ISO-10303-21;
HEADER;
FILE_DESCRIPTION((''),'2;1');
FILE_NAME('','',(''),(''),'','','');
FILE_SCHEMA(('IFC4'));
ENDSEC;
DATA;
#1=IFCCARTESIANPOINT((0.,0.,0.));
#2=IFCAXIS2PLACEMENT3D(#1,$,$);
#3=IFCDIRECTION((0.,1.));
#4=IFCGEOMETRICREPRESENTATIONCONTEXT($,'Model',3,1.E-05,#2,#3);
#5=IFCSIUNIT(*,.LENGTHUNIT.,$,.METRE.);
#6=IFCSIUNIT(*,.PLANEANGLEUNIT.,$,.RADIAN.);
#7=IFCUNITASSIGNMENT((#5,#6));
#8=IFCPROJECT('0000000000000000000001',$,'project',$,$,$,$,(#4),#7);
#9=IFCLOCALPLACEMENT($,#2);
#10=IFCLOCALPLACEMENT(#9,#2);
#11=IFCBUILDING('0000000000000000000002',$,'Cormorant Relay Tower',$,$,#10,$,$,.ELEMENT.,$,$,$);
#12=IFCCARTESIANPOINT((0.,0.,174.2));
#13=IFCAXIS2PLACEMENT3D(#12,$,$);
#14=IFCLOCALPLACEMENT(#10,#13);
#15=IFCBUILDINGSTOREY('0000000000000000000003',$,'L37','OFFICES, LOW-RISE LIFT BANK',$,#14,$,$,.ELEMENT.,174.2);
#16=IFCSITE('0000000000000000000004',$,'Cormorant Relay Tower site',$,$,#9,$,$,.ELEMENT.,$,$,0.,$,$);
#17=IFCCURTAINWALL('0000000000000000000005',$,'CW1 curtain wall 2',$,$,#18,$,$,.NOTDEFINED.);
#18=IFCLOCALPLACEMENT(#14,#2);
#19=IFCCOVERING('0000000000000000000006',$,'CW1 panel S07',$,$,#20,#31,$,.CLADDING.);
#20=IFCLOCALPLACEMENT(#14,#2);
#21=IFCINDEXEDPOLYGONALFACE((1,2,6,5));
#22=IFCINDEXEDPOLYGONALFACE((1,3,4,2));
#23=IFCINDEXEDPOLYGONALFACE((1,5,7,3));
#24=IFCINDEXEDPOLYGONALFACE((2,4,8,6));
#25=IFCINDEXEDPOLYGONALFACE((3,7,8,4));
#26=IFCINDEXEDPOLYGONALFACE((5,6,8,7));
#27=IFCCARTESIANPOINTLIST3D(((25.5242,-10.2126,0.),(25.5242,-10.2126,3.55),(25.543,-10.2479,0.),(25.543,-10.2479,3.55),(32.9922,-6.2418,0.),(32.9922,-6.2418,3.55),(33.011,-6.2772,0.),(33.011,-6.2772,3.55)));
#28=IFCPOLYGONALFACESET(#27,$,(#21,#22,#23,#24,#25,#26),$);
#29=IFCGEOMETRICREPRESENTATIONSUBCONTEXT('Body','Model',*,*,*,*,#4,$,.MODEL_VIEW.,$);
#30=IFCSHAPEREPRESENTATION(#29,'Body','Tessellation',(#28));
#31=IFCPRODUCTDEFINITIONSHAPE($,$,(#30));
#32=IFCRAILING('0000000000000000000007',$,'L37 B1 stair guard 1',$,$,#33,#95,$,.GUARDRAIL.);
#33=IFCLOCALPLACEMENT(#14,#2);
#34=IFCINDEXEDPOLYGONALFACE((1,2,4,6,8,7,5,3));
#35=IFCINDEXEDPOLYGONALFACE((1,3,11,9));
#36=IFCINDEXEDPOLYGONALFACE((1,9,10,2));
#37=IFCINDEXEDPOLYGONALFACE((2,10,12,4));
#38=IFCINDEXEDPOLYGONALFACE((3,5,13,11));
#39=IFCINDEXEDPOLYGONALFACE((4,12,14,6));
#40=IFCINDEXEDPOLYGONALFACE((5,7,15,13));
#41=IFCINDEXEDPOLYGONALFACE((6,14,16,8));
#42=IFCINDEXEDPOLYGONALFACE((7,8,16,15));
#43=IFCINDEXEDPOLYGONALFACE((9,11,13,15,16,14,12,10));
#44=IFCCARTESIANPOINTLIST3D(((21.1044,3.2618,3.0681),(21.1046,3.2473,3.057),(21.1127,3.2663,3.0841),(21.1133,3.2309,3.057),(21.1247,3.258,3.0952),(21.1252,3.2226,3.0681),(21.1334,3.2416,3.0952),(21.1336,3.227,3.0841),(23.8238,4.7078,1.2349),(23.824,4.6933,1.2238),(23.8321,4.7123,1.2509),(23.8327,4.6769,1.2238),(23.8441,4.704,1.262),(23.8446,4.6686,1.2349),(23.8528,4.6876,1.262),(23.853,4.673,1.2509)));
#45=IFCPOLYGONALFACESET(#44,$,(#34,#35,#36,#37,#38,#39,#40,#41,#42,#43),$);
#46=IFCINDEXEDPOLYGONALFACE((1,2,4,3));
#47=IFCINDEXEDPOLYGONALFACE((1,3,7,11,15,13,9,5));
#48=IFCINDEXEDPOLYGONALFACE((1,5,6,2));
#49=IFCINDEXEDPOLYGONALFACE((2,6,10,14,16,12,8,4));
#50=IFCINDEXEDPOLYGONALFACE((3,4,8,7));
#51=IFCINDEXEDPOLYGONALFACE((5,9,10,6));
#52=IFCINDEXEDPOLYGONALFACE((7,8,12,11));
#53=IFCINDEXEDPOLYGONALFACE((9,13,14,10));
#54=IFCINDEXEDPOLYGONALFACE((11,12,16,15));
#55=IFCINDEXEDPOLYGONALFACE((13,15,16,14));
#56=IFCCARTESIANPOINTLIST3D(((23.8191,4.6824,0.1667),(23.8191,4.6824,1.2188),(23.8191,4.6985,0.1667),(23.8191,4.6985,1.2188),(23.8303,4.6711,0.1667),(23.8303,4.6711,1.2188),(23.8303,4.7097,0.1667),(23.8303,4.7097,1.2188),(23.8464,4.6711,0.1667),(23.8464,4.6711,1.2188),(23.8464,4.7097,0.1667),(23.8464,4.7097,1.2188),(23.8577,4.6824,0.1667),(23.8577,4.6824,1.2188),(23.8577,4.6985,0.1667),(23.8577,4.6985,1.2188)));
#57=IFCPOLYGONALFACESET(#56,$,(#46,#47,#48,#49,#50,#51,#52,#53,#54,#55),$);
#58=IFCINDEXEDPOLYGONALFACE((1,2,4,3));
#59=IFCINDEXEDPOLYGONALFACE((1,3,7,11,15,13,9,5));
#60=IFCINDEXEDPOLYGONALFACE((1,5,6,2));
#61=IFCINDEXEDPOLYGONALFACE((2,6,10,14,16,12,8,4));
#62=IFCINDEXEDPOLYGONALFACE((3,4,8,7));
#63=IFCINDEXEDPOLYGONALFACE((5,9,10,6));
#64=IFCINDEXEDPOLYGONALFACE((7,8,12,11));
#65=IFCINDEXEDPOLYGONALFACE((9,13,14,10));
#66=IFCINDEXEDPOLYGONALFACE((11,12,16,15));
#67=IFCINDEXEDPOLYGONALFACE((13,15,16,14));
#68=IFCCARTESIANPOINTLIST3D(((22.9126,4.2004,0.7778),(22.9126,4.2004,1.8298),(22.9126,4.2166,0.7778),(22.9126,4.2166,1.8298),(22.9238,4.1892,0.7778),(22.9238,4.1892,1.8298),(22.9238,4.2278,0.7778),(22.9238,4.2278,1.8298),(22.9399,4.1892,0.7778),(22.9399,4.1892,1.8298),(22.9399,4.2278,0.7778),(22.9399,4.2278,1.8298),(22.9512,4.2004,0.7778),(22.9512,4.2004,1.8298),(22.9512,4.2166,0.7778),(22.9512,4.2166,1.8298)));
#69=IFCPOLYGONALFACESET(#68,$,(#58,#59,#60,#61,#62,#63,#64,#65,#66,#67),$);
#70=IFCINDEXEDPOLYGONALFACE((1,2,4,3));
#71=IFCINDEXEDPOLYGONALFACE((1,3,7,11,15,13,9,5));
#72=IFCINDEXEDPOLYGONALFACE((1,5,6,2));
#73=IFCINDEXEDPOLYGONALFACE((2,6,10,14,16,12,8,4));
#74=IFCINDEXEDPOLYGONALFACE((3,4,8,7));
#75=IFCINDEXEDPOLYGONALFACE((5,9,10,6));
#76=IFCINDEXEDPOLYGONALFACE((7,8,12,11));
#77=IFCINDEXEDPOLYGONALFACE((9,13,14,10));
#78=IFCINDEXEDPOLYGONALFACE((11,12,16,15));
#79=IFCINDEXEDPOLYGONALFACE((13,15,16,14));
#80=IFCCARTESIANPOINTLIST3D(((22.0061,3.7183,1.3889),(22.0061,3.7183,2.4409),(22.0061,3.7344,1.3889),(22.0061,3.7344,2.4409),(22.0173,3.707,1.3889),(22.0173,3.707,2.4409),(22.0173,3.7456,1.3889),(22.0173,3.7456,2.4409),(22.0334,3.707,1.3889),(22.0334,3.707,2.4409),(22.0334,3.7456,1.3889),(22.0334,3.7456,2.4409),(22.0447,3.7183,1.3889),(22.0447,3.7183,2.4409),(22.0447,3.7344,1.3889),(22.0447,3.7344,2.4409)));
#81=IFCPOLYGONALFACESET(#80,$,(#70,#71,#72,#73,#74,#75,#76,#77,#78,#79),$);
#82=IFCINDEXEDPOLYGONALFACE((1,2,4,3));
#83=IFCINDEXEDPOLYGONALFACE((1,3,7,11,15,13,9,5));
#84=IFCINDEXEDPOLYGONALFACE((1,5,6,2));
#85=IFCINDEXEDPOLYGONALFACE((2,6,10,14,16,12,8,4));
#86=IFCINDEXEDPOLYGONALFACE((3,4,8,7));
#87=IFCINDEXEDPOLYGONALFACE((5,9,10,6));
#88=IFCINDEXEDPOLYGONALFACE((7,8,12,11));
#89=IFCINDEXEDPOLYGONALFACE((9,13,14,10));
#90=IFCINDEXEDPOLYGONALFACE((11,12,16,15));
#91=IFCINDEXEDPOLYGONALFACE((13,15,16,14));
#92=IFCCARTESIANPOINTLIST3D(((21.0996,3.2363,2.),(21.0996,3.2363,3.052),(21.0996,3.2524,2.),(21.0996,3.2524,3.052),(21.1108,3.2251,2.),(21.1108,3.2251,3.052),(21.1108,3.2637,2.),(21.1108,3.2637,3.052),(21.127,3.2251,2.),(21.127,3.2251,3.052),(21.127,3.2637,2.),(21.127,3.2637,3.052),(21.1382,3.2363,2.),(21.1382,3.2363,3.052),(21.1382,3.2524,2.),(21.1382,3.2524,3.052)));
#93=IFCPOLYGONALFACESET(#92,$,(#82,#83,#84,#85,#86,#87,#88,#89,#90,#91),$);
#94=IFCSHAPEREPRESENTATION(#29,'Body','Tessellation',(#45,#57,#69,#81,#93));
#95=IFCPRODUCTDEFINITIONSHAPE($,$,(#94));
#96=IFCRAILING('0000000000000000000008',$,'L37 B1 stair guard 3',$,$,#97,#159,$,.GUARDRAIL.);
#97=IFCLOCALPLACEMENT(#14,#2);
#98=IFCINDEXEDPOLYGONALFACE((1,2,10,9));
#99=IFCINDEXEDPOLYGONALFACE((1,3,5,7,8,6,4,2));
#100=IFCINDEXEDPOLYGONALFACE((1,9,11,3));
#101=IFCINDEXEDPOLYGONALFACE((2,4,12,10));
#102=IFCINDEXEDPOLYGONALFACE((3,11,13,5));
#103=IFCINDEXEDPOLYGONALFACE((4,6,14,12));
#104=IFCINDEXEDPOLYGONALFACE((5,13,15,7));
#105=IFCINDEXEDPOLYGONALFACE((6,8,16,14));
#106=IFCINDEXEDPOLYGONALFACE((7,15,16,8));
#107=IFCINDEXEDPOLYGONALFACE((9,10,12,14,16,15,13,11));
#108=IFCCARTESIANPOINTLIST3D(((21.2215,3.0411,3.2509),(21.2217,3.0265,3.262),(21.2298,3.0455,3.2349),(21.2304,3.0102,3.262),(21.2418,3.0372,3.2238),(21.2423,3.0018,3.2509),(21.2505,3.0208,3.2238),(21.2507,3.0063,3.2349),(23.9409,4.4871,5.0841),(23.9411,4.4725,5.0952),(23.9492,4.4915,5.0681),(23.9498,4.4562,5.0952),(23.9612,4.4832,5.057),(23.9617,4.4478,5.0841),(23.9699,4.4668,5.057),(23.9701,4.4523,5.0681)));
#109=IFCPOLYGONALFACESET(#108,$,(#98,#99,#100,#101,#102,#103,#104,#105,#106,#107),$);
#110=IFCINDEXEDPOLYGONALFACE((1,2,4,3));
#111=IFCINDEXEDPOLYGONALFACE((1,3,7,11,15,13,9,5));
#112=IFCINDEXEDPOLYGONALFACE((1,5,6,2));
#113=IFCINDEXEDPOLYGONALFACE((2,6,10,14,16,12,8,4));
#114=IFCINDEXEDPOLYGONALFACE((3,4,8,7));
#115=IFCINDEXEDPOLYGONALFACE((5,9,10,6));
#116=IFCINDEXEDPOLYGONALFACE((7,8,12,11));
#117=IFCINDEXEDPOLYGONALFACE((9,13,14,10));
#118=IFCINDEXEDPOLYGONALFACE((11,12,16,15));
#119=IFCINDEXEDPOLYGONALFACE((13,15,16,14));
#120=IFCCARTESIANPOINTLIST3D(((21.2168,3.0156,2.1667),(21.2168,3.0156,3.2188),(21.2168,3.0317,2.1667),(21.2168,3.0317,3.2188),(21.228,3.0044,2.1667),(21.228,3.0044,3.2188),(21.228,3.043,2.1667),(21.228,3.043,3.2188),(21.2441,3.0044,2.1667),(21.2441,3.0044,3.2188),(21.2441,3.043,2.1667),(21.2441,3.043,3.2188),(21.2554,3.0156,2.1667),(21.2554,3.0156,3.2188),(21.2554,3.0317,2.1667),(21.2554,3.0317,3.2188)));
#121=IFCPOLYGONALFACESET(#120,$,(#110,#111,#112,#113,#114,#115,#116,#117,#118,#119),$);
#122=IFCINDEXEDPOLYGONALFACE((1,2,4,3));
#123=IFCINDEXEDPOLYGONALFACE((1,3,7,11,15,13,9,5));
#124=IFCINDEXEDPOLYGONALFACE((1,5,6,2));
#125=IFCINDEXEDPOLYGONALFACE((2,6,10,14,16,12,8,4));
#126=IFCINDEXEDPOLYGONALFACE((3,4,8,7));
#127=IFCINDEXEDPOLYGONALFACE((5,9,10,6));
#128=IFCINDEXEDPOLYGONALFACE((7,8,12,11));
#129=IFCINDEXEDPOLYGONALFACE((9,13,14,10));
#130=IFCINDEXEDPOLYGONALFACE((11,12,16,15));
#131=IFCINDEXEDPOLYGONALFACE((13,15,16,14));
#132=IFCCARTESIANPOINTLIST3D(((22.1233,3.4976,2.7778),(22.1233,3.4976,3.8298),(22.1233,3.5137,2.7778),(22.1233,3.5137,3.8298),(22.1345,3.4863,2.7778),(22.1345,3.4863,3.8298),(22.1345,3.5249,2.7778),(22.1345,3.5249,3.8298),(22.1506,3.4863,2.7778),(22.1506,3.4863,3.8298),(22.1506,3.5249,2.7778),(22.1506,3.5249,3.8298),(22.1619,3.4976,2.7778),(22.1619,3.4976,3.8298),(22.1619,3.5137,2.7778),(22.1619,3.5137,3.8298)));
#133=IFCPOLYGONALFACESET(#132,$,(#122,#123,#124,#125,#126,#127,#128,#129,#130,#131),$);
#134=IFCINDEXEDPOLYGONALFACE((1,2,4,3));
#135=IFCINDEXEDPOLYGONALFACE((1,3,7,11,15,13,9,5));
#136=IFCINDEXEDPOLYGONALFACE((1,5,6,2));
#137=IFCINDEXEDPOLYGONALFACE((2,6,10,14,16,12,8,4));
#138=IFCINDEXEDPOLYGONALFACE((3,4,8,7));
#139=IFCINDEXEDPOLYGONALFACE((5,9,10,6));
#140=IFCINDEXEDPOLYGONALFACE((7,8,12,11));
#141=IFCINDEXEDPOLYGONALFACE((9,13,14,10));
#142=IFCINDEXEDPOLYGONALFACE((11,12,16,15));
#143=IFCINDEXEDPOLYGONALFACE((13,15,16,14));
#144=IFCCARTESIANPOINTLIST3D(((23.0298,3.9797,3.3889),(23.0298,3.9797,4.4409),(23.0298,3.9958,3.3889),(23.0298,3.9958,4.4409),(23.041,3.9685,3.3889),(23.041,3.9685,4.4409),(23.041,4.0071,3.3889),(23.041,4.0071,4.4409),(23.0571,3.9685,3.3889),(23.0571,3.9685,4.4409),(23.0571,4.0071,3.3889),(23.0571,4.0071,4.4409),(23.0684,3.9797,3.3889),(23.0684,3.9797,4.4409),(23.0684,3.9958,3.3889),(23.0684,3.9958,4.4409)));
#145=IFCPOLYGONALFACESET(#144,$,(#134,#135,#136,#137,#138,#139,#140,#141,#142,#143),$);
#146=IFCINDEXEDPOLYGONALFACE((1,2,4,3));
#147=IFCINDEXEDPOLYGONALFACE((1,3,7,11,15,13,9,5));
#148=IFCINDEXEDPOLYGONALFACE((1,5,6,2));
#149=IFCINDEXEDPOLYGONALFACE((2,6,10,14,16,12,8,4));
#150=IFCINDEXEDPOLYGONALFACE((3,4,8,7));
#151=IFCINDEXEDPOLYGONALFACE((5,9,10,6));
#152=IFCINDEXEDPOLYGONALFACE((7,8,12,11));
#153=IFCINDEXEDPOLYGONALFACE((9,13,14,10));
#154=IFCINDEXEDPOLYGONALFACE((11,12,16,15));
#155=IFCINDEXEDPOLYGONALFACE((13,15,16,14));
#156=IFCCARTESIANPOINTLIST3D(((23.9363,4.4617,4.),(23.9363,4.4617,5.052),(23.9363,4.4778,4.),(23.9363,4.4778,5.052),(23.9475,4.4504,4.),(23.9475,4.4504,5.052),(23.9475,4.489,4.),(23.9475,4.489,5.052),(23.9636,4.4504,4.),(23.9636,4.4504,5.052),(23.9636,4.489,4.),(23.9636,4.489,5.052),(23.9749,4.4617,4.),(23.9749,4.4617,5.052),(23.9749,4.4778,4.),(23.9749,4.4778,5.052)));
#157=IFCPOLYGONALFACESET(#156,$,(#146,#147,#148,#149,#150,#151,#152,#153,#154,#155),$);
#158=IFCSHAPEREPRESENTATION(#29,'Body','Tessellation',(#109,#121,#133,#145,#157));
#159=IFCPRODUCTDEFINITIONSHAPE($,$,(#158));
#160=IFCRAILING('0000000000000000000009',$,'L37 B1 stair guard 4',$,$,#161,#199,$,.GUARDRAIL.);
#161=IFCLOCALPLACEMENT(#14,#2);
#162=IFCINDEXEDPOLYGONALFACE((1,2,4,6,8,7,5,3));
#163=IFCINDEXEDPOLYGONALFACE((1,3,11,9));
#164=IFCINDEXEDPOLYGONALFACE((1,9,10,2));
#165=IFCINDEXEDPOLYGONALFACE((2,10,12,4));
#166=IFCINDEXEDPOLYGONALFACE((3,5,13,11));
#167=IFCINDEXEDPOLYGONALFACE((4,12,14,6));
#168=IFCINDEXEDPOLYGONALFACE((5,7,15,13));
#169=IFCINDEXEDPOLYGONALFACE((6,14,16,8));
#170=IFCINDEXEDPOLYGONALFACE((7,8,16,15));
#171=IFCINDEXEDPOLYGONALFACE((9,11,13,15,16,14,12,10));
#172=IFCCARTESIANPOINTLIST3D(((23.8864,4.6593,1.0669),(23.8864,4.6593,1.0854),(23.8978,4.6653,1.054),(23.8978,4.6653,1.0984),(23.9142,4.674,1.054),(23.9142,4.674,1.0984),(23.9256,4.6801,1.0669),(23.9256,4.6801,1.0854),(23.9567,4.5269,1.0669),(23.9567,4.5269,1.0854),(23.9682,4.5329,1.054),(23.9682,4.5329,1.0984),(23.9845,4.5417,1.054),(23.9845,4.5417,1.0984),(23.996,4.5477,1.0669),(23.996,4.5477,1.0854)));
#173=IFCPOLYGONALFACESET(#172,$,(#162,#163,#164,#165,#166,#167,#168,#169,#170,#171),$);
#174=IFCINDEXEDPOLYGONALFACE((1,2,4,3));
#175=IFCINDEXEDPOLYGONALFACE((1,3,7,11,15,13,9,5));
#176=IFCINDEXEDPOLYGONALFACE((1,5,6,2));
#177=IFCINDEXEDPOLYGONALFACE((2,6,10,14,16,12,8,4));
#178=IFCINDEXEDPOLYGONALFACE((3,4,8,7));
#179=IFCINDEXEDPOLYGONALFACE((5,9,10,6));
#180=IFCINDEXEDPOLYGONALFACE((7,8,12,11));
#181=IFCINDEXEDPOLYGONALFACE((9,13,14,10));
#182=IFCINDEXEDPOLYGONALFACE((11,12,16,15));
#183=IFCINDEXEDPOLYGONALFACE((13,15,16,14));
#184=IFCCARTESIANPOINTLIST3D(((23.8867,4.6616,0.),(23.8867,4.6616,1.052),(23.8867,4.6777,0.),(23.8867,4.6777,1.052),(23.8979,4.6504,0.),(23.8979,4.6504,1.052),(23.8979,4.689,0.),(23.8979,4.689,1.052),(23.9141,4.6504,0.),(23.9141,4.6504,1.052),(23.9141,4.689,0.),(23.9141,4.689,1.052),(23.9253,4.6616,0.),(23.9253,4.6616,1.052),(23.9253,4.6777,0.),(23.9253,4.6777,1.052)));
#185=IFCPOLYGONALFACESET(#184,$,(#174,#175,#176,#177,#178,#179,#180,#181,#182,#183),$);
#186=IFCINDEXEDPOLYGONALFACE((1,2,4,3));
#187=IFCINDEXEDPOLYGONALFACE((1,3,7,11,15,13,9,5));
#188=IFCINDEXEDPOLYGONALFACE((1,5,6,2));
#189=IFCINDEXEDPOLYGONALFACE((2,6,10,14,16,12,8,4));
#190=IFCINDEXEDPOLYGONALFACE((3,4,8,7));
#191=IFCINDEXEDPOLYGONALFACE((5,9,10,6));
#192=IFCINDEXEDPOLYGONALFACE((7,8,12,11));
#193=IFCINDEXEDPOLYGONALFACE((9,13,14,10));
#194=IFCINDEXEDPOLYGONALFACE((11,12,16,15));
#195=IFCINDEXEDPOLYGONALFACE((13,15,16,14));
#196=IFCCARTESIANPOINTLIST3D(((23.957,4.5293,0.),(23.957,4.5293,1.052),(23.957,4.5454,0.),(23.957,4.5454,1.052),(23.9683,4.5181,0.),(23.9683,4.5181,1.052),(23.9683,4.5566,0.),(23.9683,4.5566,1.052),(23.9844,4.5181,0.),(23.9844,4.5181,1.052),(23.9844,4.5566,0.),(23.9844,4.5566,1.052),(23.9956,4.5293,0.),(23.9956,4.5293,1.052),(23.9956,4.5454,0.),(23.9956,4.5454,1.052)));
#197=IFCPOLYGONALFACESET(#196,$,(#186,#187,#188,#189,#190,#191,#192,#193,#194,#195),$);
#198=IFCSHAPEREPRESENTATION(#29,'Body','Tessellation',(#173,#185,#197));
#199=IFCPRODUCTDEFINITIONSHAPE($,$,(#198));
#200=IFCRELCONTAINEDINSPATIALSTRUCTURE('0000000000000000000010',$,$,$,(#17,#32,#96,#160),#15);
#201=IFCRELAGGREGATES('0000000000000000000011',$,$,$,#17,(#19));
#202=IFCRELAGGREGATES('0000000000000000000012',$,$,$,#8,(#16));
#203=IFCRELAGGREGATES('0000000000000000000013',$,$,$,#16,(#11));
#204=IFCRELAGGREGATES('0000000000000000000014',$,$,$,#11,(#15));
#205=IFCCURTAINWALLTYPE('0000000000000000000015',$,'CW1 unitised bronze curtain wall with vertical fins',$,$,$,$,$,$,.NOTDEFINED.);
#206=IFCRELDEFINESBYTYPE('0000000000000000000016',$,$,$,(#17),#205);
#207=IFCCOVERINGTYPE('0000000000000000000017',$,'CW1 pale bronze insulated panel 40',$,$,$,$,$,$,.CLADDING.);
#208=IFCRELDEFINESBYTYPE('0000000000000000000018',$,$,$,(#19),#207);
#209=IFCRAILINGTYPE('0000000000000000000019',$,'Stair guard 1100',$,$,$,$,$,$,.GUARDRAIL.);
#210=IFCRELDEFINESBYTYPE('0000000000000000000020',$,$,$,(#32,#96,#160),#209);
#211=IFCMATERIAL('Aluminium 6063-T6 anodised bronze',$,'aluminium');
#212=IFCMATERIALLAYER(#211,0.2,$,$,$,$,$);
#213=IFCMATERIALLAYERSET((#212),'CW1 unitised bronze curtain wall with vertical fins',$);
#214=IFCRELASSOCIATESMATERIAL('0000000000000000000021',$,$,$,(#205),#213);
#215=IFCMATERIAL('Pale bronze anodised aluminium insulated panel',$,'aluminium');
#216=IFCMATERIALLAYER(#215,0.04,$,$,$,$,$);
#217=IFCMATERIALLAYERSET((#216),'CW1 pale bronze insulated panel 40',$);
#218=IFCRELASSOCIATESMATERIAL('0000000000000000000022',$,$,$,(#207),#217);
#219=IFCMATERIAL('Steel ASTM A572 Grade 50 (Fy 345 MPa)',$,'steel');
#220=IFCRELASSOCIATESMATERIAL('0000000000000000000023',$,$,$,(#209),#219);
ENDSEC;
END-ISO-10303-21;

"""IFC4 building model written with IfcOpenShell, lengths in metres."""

from ifc_helpers import new_model, si_unit, direction, frame, origin, origin_2d, place, context, subcontext, project, spatial, polyline, rectangle, outline, extrude, material, layer, layer_set, type_object, element, aggregate, save


model = new_model("IFC4")

# Units and contexts
model_context = context("Model", 3, precision=1e-05, world=origin(), true_north=direction((0.0, 1.0)))
body_context = subcontext(model_context, "Body", "Model", "MODEL_VIEW")
ifc_project = project(units=[si_unit("LENGTHUNIT", "METRE"), si_unit("PLANEANGLEUNIT", "RADIAN")], contexts=[model_context])

# Site, building, storey
site_placement = place(None, origin())
site = spatial("IfcSite", under=ifc_project, at=site_placement, Name="Cormorant Relay Tower site", CompositionType="ELEMENT", RefElevation=0.0)
building_placement = place(site_placement, origin())
building = spatial("IfcBuilding", under=site, at=building_placement, Name="Cormorant Relay Tower", CompositionType="ELEMENT")
storey_placement = place(building_placement, frame((0.0, 0.0, 174.2)))
storey = spatial("IfcBuildingStorey", under=building, at=storey_placement, Name="L37", Description="OFFICES, LOW-RISE LIFT BANK", CompositionType="ELEMENT", Elevation=174.2)

# Curtain wall
ifc_material_1 = material(Name="Aluminium 6063-T6 anodised bronze", Category="aluminium")
ifc_layer_1 = layer(ifc_material_1, 0.2)
ifc_layer_set_1 = layer_set([ifc_layer_1], Name="CW1 unitised bronze curtain wall with vertical fins")
curtain_wall_type = type_object("IfcCurtainWallType", Name="CW1 unitised bronze curtain wall with vertical fins", PredefinedType="NOTDEFINED", material=ifc_layer_set_1)
curtain_wall_placement = place(storey_placement, origin())
curtain_wall = element("IfcCurtainWall", 1, at=curtain_wall_placement, inside=storey, type_object=curtain_wall_type, Name="CW1 curtain wall 2", PredefinedType="NOTDEFINED")

# Covering
ifc_material_2 = material(Name="Pale bronze anodised aluminium insulated panel", Category="aluminium")
ifc_layer_2 = layer(ifc_material_2, 0.04)
ifc_layer_set_2 = layer_set([ifc_layer_2], Name="CW1 pale bronze insulated panel 40")
covering_type = type_object("IfcCoveringType", Name="CW1 pale bronze insulated panel 40", PredefinedType="CLADDING", material=ifc_layer_set_2)
covering_placement = place(storey_placement, frame((29.2676, -8.2449, 0.0), z_axis=(0.0, 0.0, 1.0), x_axis=(0.882948, 0.469472, 0.0)))
covering = element("IfcCovering", 2, at=covering_placement, type_object=covering_type, Name="CW1 panel S07", PredefinedType="CLADDING", context=body_context, shape_type="SweptSolid", body=[
    extrude(rectangle(XDim=8.458, YDim=0.04, at=origin_2d()), origin(), (0.0, 0.0, 1.0), 3.55),
])
aggregate(curtain_wall, [covering])

# Railings
ifc_material_3 = material(Name="Steel ASTM A572 Grade 50 (Fy 345 MPa)", Category="steel")
railing_type_1 = type_object("IfcRailingType", Name="Stair guard 1100", PredefinedType="GUARDRAIL", material=ifc_material_3)
railing_1_placement = place(storey_placement, frame((23.8384, 4.6904, 0.1667)))
element("IfcRailing", 3, at=railing_1_placement, inside=storey, type_object=railing_type_1, Name="L37 B1 stair guard 1", PredefinedType="GUARDRAIL", context=body_context, shape_type="SweptSolid", body=[
    extrude(outline(polyline([(0.0222, 0.0093), (0.0093, 0.0222), (-0.0093, 0.0222), (-0.0222, 0.0093), (-0.0222, -0.0093), (-0.0093, -0.0222), (0.0093, -0.0222), (0.0222, -0.0093), (0.0222, 0.0093)])), frame((0.0, 0.0, 1.0762), z_axis=(-0.758714, -0.403435, 0.511463), x_axis=(0.469489, -0.882938, 0.0)), (0.0, 0.0, 1.0), 3.5842),
    extrude(outline(polyline([(0.0193, 0.0081), (0.0081, 0.0193), (-0.0081, 0.0193), (-0.0193, 0.0081), (-0.0193, -0.0081), (-0.0081, -0.0193), (0.0081, -0.0193), (0.0193, -0.0081), (0.0193, 0.0081)])), origin(), (0.0, 0.0, 1.0), 1.052),
    extrude(outline(polyline([(0.0193, 0.0081), (0.0081, 0.0193), (-0.0081, 0.0193), (-0.0193, 0.0081), (-0.0193, -0.0081), (-0.0081, -0.0193), (0.0081, -0.0193), (0.0193, -0.0081), (0.0193, 0.0081)])), frame((-0.9065, -0.4819, 0.6111)), (0.0, 0.0, 1.0), 1.052),
    extrude(outline(polyline([(0.0193, 0.0081), (0.0081, 0.0193), (-0.0081, 0.0193), (-0.0193, 0.0081), (-0.0193, -0.0081), (-0.0081, -0.0193), (0.0081, -0.0193), (0.0193, -0.0081), (0.0193, 0.0081)])), frame((-1.813, -0.9641, 1.2222)), (0.0, 0.0, 1.0), 1.052),
    extrude(outline(polyline([(0.0193, 0.0081), (0.0081, 0.0193), (-0.0081, 0.0193), (-0.0193, 0.0081), (-0.0193, -0.0081), (-0.0081, -0.0193), (0.0081, -0.0193), (0.0193, -0.0081), (0.0193, 0.0081)])), frame((-2.7195, -1.446, 1.8333)), (0.0, 0.0, 1.0), 1.052),
])
railing_2_placement = place(storey_placement, frame((21.2361, 3.0237, 2.1667)))
element("IfcRailing", 4, at=railing_2_placement, inside=storey, type_object=railing_type_1, Name="L37 B1 stair guard 3", PredefinedType="GUARDRAIL", context=body_context, shape_type="SweptSolid", body=[
    extrude(outline(polyline([(0.0222, 0.0093), (0.0093, 0.0222), (-0.0093, 0.0222), (-0.0222, 0.0093), (-0.0222, -0.0093), (-0.0093, -0.0222), (0.0093, -0.0222), (0.0222, -0.0093), (0.0222, 0.0093)])), frame((0.0, 0.0, 1.0762), z_axis=(0.758714, 0.403435, 0.511463), x_axis=(-0.469489, 0.882938, 0.0)), (0.0, 0.0, 1.0), 3.5842),
    extrude(outline(polyline([(0.0193, 0.0081), (0.0081, 0.0193), (-0.0081, 0.0193), (-0.0193, 0.0081), (-0.0193, -0.0081), (-0.0081, -0.0193), (0.0081, -0.0193), (0.0193, -0.0081), (0.0193, 0.0081)])), origin(), (0.0, 0.0, 1.0), 1.052),
    extrude(outline(polyline([(0.0193, 0.0081), (0.0081, 0.0193), (-0.0081, 0.0193), (-0.0193, 0.0081), (-0.0193, -0.0081), (-0.0081, -0.0193), (0.0081, -0.0193), (0.0193, -0.0081), (0.0193, 0.0081)])), frame((0.9065, 0.4819, 0.6111)), (0.0, 0.0, 1.0), 1.052),
    extrude(outline(polyline([(0.0193, 0.0081), (0.0081, 0.0193), (-0.0081, 0.0193), (-0.0193, 0.0081), (-0.0193, -0.0081), (-0.0081, -0.0193), (0.0081, -0.0193), (0.0193, -0.0081), (0.0193, 0.0081)])), frame((1.813, 0.9641, 1.2222)), (0.0, 0.0, 1.0), 1.052),
    extrude(outline(polyline([(0.0193, 0.0081), (0.0081, 0.0193), (-0.0081, 0.0193), (-0.0193, 0.0081), (-0.0193, -0.0081), (-0.0081, -0.0193), (0.0081, -0.0193), (0.0193, -0.0081), (0.0193, 0.0081)])), frame((2.7195, 1.446, 1.8333)), (0.0, 0.0, 1.0), 1.052),
])
railing_3_placement = place(storey_placement, frame((23.906, 4.6697, 0.0)))
element("IfcRailing", 5, at=railing_3_placement, inside=storey, type_object=railing_type_1, Name="L37 B1 stair guard 4", PredefinedType="GUARDRAIL", context=body_context, shape_type="SweptSolid", body=[
    extrude(outline(polyline([(0.0222, 0.0093), (0.0093, 0.0222), (-0.0093, 0.0222), (-0.0222, 0.0093), (-0.0222, -0.0093), (-0.0093, -0.0222), (0.0093, -0.0222), (0.0222, -0.0093), (0.0222, 0.0093)])), frame((0.0, 0.0, 1.0762), z_axis=(0.469235, -0.883074, 0.0), x_axis=(0.883074, 0.469235, 0.0)), (0.0, 0.0, 1.0), 0.1499),
    extrude(outline(polyline([(0.0193, 0.0081), (0.0081, 0.0193), (-0.0081, 0.0193), (-0.0193, 0.0081), (-0.0193, -0.0081), (-0.0081, -0.0193), (0.0081, -0.0193), (0.0193, -0.0081), (0.0193, 0.0081)])), origin(), (0.0, 0.0, 1.0), 1.052),
    extrude(outline(polyline([(0.0193, 0.0081), (0.0081, 0.0193), (-0.0081, 0.0193), (-0.0193, 0.0081), (-0.0193, -0.0081), (-0.0081, -0.0193), (0.0081, -0.0193), (0.0193, -0.0081), (0.0193, 0.0081)])), frame((0.0703, -0.1323, 0.0)), (0.0, 0.0, 1.0), 1.052),
])

save(model, "model.ifc")
